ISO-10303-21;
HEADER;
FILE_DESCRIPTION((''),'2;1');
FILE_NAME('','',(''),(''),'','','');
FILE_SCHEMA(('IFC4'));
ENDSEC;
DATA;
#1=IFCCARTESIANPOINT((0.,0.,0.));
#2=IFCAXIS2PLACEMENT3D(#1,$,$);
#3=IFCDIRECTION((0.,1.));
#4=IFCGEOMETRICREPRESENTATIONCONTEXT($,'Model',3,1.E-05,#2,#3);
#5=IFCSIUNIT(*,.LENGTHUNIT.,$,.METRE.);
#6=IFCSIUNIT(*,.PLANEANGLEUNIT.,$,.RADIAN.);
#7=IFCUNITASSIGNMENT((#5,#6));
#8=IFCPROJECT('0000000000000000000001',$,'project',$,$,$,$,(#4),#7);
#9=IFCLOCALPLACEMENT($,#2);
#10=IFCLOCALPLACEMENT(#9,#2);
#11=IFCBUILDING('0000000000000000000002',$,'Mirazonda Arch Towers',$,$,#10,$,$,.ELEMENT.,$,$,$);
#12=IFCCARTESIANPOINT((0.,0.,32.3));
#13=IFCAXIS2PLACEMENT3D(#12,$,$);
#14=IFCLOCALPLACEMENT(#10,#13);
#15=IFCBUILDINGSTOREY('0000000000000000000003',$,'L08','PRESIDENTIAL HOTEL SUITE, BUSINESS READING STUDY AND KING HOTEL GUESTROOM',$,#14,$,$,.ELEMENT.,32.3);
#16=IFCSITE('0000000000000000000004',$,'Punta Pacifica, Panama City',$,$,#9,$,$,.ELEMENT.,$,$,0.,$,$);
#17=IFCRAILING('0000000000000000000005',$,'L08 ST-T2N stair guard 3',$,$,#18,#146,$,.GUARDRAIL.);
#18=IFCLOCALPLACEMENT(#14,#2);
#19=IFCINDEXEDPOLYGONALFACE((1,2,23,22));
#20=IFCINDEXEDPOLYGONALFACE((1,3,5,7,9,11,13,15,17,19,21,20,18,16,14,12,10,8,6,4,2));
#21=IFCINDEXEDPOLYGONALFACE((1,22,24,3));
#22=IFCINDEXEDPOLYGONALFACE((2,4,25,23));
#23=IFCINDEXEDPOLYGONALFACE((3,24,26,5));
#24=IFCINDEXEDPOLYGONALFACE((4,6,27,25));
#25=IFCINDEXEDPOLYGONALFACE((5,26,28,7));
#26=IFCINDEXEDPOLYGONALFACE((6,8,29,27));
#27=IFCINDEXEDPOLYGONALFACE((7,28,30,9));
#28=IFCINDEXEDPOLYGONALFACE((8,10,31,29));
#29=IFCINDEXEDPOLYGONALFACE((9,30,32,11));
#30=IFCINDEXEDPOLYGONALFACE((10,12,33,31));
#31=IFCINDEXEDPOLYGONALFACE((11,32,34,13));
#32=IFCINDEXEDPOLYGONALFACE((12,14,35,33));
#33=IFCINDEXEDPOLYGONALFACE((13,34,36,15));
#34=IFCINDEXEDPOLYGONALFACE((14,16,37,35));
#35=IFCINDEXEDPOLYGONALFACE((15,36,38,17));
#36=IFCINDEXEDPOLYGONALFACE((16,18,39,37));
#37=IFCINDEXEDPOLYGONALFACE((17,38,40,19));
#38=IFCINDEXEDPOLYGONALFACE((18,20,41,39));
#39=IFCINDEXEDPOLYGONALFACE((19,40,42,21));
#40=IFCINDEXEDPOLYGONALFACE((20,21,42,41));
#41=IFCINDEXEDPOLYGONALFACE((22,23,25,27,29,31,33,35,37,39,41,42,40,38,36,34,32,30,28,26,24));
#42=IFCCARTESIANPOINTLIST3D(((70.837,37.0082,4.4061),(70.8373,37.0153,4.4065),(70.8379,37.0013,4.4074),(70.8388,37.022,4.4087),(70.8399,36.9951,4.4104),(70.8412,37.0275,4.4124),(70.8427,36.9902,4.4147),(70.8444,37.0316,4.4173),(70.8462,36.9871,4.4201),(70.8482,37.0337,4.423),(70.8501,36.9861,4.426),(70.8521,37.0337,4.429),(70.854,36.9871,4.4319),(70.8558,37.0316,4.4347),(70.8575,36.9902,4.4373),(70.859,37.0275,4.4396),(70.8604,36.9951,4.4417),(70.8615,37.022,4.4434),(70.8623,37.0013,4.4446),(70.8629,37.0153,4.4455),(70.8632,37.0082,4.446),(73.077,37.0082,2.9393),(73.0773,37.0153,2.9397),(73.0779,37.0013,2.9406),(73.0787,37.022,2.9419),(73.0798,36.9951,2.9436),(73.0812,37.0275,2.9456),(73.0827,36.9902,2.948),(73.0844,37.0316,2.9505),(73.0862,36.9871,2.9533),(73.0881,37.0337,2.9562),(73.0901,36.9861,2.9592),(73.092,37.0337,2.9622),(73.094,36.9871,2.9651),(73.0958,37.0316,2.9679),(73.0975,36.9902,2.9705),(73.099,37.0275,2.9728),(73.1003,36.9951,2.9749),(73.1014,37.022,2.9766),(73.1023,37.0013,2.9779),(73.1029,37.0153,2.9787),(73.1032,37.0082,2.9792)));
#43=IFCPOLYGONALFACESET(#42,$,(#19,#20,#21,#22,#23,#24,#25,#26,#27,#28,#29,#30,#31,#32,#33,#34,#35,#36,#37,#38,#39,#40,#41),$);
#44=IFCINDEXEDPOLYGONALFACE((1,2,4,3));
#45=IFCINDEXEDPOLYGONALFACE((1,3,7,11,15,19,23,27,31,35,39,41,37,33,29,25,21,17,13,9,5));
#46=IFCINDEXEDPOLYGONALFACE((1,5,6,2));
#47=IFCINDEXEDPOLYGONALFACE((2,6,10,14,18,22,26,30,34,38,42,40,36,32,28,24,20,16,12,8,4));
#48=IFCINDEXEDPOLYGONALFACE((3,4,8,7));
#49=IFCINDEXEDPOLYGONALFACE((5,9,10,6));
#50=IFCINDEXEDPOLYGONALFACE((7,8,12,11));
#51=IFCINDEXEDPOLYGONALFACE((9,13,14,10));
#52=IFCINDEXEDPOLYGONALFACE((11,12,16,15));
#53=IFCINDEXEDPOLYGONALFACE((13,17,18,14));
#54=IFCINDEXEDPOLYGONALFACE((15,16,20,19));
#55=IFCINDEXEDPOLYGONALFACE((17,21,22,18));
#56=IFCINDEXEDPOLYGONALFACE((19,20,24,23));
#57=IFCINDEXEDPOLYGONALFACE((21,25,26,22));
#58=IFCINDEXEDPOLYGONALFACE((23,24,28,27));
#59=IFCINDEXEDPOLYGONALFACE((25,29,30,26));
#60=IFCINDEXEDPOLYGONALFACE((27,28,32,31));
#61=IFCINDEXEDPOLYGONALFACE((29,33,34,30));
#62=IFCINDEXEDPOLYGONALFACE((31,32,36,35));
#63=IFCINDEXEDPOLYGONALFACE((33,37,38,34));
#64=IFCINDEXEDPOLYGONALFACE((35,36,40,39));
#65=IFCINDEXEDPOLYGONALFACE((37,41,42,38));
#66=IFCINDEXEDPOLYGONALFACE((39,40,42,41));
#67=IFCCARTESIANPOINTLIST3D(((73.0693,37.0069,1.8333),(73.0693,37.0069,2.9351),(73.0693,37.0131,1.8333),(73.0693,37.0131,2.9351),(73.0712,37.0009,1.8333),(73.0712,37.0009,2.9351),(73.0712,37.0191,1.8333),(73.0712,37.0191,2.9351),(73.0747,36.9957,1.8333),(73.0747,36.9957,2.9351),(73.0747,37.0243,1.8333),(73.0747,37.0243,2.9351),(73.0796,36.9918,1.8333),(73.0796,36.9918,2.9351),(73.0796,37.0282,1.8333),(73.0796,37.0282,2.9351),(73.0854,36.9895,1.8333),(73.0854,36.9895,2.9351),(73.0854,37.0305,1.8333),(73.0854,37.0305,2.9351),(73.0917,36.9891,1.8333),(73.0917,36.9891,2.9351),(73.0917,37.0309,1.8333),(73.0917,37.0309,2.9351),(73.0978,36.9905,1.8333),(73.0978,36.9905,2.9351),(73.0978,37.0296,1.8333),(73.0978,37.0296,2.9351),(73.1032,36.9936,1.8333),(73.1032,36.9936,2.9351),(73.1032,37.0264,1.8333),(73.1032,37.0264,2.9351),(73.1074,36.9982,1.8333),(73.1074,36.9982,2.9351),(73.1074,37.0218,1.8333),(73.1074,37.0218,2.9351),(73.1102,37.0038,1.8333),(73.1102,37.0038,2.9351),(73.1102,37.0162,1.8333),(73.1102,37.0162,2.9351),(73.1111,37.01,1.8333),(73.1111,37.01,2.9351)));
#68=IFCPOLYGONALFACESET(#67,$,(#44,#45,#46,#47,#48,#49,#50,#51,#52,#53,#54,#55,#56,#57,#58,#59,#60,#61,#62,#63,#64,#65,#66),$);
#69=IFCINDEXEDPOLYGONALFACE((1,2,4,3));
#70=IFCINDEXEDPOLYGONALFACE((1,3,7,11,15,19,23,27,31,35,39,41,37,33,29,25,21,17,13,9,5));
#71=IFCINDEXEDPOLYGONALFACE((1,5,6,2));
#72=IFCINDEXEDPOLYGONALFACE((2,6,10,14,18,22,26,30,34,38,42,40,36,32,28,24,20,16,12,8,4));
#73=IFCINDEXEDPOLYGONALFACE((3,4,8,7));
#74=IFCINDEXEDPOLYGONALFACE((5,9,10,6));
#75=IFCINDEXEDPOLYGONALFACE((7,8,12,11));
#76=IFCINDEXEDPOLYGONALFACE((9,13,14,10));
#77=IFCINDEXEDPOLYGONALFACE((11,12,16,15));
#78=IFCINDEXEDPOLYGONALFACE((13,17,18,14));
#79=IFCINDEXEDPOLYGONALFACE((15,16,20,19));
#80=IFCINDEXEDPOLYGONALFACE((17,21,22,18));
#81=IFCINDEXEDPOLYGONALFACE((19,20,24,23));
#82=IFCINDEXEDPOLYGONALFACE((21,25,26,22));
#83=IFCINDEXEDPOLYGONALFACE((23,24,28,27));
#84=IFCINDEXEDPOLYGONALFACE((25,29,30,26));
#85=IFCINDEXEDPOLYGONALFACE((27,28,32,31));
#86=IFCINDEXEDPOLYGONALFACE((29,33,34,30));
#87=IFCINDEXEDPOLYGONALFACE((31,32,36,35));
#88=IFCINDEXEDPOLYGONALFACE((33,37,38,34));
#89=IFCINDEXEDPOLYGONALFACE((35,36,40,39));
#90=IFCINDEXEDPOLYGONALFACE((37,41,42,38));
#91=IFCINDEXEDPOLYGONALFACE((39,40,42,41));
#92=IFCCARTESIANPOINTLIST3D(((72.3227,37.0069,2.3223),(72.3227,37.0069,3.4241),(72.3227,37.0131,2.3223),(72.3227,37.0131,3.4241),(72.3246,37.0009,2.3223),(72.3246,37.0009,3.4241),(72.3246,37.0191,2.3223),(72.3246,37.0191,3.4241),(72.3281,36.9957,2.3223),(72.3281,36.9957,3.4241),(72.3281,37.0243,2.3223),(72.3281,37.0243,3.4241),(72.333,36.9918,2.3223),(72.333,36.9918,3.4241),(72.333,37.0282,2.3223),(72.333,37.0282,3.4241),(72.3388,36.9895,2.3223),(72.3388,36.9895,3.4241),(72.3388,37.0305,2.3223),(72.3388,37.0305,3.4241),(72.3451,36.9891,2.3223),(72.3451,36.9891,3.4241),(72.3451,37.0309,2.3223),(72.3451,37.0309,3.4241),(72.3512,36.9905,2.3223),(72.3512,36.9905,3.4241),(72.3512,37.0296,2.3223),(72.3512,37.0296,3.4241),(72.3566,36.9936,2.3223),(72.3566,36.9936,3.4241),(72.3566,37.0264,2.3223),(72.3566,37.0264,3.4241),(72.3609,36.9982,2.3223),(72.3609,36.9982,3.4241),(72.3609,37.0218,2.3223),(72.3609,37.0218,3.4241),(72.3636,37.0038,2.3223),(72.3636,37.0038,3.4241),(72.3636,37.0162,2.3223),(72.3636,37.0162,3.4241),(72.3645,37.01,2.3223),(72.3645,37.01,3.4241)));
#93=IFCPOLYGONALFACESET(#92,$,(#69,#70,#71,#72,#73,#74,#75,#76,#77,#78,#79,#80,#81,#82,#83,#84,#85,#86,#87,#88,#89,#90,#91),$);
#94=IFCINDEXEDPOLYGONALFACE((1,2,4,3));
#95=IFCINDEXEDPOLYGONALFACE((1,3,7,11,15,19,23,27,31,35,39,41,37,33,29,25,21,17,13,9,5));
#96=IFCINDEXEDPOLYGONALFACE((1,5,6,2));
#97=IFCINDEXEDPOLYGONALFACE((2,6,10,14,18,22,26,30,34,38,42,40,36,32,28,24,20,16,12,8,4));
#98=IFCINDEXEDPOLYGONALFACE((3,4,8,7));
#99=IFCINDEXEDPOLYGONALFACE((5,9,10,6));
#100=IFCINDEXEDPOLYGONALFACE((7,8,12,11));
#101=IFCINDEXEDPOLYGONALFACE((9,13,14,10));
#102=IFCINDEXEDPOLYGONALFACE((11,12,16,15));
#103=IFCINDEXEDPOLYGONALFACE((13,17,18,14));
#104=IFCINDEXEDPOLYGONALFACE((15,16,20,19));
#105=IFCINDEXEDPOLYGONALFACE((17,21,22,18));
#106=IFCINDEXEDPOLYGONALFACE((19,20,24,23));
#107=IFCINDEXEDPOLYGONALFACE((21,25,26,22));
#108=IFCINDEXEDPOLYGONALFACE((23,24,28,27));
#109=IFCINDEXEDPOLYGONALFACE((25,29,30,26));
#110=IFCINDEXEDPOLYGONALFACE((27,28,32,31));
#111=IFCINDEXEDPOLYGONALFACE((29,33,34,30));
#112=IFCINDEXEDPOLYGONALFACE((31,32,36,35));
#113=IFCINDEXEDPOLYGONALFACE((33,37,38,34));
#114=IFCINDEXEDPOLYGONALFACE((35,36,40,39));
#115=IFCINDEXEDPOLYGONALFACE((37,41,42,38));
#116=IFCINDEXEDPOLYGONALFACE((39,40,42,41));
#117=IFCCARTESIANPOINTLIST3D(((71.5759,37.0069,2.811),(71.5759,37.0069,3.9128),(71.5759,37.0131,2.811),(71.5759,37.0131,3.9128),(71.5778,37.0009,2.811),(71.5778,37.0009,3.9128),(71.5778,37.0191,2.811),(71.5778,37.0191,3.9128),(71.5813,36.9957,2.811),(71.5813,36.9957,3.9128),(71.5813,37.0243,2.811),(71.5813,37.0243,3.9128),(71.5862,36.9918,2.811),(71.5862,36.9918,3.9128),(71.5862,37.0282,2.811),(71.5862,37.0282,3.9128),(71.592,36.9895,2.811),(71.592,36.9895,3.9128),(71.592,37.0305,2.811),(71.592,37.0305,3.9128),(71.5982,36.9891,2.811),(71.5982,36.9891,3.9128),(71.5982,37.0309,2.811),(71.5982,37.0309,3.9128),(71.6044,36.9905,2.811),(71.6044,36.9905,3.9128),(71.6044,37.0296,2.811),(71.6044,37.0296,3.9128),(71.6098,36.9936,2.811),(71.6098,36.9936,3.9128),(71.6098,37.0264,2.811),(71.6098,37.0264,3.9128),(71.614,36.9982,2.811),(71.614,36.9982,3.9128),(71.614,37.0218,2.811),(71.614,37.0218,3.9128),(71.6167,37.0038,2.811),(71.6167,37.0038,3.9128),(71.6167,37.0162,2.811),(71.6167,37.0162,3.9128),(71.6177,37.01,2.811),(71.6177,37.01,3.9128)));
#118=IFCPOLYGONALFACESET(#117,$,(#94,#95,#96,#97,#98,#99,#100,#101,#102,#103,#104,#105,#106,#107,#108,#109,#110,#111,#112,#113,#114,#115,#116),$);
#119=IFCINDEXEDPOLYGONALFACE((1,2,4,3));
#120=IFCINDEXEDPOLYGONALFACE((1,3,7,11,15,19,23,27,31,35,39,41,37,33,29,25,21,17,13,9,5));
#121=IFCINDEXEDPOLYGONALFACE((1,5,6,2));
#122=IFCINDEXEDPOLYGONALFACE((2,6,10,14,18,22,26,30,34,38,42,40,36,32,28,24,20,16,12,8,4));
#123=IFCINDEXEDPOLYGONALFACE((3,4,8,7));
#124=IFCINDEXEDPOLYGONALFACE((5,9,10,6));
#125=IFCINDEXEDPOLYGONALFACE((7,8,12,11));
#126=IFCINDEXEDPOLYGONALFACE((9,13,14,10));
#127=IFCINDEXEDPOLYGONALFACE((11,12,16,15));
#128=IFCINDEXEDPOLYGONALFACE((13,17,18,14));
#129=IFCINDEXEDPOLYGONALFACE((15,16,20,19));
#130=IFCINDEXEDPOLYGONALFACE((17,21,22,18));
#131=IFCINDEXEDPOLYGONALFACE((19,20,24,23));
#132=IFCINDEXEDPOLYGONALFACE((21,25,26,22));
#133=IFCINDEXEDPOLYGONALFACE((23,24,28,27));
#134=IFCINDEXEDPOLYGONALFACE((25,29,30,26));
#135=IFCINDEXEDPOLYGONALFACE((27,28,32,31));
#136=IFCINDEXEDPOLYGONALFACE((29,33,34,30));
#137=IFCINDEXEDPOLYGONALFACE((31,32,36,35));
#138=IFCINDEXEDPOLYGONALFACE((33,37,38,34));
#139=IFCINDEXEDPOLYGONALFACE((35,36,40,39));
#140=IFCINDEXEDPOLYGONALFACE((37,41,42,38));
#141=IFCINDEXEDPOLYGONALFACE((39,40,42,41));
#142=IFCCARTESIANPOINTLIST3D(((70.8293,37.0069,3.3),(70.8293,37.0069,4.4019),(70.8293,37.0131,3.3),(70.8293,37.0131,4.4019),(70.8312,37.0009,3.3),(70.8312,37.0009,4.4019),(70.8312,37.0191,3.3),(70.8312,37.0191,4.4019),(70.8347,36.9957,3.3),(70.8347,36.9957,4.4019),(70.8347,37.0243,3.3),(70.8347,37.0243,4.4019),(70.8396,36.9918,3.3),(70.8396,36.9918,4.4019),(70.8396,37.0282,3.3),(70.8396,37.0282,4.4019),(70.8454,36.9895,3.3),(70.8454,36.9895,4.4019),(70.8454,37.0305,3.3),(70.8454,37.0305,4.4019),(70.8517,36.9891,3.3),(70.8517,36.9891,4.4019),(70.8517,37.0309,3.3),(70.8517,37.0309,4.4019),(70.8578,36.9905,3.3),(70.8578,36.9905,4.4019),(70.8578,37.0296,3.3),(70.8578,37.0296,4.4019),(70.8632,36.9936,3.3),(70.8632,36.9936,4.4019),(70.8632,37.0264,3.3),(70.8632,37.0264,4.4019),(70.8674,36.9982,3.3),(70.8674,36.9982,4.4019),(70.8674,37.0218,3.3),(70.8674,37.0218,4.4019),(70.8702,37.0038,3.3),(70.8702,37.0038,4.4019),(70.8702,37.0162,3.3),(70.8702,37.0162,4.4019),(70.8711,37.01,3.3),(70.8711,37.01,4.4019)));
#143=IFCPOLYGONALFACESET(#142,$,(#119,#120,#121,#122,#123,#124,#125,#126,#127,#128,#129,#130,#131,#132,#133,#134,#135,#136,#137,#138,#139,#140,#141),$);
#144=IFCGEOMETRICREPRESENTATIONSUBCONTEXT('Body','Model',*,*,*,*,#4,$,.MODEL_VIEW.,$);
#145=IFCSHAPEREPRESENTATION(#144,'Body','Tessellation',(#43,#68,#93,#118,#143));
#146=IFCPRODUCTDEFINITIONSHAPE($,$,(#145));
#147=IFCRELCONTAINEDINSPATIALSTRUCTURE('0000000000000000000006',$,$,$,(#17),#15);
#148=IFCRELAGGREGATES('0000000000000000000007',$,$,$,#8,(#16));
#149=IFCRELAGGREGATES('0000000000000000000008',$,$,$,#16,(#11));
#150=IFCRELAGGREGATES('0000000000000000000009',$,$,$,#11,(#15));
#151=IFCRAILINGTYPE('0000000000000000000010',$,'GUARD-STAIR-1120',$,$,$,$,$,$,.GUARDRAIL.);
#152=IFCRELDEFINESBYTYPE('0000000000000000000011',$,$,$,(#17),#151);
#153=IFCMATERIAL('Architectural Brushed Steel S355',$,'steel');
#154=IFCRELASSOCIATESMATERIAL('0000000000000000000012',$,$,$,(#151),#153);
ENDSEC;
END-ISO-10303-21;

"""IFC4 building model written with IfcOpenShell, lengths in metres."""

from ifc_helpers import new_model, si_unit, direction, frame, origin, origin_2d, place, context, subcontext, project, spatial, circle, extrude, material, type_object, element, save


model = new_model("IFC4")

# Units and contexts
model_context = context("Model", 3, precision=1e-05, world=origin(), true_north=direction((0.0, 1.0)))
body_context = subcontext(model_context, "Body", "Model", "MODEL_VIEW")
ifc_project = project(units=[si_unit("LENGTHUNIT", "METRE"), si_unit("PLANEANGLEUNIT", "RADIAN")], contexts=[model_context])

# Site, building, storey
site_placement = place(None, origin())
site = spatial("IfcSite", under=ifc_project, at=site_placement, Name="Punta Pacifica, Panama City", CompositionType="ELEMENT", RefElevation=0.0)
building_placement = place(site_placement, origin())
building = spatial("IfcBuilding", under=site, at=building_placement, Name="Mirazonda Arch Towers", CompositionType="ELEMENT")
storey_placement = place(building_placement, frame((0.0, 0.0, 32.3)))
storey = spatial("IfcBuildingStorey", under=building, at=storey_placement, Name="L08", Description="PRESIDENTIAL HOTEL SUITE, BUSINESS READING STUDY AND KING HOTEL GUESTROOM", CompositionType="ELEMENT", Elevation=32.3)

# Railing
ifc_material_1 = material(Name="Architectural Brushed Steel S355", Category="steel")
railing_type_1 = type_object("IfcRailingType", Name="GUARD-STAIR-1120", PredefinedType="GUARDRAIL", material=ifc_material_1)
railing_1_placement = place(storey_placement, frame((73.0901, 37.01, 1.8333)))
element("IfcRailing", 1, at=railing_1_placement, inside=storey, type_object=railing_type_1, Name="L08 ST-T2N stair guard 3", PredefinedType="GUARDRAIL", context=body_context, shape_type="SweptSolid", body=[
    extrude(circle(Radius=0.0239, at=origin_2d()), frame((0.0, 0.0, 1.126), z_axis=(-0.836595, 0.0, 0.547822), x_axis=(0.0, -1.0, 0.0)), (0.0, 0.0, 1.0), 2.6775),
    extrude(circle(Radius=0.021, at=origin_2d()), origin(), (0.0, 0.0, 1.0), 1.1018),
    extrude(circle(Radius=0.021, at=origin_2d()), frame((-0.7466, 0.0, 0.489)), (0.0, 0.0, 1.0), 1.1018),
    extrude(circle(Radius=0.021, at=origin_2d()), frame((-1.4934, 0.0, 0.9778)), (0.0, 0.0, 1.0), 1.1018),
    extrude(circle(Radius=0.021, at=origin_2d()), frame((-2.24, 0.0, 1.4668)), (0.0, 0.0, 1.0), 1.1018),
])

save(model, "model.ifc")
